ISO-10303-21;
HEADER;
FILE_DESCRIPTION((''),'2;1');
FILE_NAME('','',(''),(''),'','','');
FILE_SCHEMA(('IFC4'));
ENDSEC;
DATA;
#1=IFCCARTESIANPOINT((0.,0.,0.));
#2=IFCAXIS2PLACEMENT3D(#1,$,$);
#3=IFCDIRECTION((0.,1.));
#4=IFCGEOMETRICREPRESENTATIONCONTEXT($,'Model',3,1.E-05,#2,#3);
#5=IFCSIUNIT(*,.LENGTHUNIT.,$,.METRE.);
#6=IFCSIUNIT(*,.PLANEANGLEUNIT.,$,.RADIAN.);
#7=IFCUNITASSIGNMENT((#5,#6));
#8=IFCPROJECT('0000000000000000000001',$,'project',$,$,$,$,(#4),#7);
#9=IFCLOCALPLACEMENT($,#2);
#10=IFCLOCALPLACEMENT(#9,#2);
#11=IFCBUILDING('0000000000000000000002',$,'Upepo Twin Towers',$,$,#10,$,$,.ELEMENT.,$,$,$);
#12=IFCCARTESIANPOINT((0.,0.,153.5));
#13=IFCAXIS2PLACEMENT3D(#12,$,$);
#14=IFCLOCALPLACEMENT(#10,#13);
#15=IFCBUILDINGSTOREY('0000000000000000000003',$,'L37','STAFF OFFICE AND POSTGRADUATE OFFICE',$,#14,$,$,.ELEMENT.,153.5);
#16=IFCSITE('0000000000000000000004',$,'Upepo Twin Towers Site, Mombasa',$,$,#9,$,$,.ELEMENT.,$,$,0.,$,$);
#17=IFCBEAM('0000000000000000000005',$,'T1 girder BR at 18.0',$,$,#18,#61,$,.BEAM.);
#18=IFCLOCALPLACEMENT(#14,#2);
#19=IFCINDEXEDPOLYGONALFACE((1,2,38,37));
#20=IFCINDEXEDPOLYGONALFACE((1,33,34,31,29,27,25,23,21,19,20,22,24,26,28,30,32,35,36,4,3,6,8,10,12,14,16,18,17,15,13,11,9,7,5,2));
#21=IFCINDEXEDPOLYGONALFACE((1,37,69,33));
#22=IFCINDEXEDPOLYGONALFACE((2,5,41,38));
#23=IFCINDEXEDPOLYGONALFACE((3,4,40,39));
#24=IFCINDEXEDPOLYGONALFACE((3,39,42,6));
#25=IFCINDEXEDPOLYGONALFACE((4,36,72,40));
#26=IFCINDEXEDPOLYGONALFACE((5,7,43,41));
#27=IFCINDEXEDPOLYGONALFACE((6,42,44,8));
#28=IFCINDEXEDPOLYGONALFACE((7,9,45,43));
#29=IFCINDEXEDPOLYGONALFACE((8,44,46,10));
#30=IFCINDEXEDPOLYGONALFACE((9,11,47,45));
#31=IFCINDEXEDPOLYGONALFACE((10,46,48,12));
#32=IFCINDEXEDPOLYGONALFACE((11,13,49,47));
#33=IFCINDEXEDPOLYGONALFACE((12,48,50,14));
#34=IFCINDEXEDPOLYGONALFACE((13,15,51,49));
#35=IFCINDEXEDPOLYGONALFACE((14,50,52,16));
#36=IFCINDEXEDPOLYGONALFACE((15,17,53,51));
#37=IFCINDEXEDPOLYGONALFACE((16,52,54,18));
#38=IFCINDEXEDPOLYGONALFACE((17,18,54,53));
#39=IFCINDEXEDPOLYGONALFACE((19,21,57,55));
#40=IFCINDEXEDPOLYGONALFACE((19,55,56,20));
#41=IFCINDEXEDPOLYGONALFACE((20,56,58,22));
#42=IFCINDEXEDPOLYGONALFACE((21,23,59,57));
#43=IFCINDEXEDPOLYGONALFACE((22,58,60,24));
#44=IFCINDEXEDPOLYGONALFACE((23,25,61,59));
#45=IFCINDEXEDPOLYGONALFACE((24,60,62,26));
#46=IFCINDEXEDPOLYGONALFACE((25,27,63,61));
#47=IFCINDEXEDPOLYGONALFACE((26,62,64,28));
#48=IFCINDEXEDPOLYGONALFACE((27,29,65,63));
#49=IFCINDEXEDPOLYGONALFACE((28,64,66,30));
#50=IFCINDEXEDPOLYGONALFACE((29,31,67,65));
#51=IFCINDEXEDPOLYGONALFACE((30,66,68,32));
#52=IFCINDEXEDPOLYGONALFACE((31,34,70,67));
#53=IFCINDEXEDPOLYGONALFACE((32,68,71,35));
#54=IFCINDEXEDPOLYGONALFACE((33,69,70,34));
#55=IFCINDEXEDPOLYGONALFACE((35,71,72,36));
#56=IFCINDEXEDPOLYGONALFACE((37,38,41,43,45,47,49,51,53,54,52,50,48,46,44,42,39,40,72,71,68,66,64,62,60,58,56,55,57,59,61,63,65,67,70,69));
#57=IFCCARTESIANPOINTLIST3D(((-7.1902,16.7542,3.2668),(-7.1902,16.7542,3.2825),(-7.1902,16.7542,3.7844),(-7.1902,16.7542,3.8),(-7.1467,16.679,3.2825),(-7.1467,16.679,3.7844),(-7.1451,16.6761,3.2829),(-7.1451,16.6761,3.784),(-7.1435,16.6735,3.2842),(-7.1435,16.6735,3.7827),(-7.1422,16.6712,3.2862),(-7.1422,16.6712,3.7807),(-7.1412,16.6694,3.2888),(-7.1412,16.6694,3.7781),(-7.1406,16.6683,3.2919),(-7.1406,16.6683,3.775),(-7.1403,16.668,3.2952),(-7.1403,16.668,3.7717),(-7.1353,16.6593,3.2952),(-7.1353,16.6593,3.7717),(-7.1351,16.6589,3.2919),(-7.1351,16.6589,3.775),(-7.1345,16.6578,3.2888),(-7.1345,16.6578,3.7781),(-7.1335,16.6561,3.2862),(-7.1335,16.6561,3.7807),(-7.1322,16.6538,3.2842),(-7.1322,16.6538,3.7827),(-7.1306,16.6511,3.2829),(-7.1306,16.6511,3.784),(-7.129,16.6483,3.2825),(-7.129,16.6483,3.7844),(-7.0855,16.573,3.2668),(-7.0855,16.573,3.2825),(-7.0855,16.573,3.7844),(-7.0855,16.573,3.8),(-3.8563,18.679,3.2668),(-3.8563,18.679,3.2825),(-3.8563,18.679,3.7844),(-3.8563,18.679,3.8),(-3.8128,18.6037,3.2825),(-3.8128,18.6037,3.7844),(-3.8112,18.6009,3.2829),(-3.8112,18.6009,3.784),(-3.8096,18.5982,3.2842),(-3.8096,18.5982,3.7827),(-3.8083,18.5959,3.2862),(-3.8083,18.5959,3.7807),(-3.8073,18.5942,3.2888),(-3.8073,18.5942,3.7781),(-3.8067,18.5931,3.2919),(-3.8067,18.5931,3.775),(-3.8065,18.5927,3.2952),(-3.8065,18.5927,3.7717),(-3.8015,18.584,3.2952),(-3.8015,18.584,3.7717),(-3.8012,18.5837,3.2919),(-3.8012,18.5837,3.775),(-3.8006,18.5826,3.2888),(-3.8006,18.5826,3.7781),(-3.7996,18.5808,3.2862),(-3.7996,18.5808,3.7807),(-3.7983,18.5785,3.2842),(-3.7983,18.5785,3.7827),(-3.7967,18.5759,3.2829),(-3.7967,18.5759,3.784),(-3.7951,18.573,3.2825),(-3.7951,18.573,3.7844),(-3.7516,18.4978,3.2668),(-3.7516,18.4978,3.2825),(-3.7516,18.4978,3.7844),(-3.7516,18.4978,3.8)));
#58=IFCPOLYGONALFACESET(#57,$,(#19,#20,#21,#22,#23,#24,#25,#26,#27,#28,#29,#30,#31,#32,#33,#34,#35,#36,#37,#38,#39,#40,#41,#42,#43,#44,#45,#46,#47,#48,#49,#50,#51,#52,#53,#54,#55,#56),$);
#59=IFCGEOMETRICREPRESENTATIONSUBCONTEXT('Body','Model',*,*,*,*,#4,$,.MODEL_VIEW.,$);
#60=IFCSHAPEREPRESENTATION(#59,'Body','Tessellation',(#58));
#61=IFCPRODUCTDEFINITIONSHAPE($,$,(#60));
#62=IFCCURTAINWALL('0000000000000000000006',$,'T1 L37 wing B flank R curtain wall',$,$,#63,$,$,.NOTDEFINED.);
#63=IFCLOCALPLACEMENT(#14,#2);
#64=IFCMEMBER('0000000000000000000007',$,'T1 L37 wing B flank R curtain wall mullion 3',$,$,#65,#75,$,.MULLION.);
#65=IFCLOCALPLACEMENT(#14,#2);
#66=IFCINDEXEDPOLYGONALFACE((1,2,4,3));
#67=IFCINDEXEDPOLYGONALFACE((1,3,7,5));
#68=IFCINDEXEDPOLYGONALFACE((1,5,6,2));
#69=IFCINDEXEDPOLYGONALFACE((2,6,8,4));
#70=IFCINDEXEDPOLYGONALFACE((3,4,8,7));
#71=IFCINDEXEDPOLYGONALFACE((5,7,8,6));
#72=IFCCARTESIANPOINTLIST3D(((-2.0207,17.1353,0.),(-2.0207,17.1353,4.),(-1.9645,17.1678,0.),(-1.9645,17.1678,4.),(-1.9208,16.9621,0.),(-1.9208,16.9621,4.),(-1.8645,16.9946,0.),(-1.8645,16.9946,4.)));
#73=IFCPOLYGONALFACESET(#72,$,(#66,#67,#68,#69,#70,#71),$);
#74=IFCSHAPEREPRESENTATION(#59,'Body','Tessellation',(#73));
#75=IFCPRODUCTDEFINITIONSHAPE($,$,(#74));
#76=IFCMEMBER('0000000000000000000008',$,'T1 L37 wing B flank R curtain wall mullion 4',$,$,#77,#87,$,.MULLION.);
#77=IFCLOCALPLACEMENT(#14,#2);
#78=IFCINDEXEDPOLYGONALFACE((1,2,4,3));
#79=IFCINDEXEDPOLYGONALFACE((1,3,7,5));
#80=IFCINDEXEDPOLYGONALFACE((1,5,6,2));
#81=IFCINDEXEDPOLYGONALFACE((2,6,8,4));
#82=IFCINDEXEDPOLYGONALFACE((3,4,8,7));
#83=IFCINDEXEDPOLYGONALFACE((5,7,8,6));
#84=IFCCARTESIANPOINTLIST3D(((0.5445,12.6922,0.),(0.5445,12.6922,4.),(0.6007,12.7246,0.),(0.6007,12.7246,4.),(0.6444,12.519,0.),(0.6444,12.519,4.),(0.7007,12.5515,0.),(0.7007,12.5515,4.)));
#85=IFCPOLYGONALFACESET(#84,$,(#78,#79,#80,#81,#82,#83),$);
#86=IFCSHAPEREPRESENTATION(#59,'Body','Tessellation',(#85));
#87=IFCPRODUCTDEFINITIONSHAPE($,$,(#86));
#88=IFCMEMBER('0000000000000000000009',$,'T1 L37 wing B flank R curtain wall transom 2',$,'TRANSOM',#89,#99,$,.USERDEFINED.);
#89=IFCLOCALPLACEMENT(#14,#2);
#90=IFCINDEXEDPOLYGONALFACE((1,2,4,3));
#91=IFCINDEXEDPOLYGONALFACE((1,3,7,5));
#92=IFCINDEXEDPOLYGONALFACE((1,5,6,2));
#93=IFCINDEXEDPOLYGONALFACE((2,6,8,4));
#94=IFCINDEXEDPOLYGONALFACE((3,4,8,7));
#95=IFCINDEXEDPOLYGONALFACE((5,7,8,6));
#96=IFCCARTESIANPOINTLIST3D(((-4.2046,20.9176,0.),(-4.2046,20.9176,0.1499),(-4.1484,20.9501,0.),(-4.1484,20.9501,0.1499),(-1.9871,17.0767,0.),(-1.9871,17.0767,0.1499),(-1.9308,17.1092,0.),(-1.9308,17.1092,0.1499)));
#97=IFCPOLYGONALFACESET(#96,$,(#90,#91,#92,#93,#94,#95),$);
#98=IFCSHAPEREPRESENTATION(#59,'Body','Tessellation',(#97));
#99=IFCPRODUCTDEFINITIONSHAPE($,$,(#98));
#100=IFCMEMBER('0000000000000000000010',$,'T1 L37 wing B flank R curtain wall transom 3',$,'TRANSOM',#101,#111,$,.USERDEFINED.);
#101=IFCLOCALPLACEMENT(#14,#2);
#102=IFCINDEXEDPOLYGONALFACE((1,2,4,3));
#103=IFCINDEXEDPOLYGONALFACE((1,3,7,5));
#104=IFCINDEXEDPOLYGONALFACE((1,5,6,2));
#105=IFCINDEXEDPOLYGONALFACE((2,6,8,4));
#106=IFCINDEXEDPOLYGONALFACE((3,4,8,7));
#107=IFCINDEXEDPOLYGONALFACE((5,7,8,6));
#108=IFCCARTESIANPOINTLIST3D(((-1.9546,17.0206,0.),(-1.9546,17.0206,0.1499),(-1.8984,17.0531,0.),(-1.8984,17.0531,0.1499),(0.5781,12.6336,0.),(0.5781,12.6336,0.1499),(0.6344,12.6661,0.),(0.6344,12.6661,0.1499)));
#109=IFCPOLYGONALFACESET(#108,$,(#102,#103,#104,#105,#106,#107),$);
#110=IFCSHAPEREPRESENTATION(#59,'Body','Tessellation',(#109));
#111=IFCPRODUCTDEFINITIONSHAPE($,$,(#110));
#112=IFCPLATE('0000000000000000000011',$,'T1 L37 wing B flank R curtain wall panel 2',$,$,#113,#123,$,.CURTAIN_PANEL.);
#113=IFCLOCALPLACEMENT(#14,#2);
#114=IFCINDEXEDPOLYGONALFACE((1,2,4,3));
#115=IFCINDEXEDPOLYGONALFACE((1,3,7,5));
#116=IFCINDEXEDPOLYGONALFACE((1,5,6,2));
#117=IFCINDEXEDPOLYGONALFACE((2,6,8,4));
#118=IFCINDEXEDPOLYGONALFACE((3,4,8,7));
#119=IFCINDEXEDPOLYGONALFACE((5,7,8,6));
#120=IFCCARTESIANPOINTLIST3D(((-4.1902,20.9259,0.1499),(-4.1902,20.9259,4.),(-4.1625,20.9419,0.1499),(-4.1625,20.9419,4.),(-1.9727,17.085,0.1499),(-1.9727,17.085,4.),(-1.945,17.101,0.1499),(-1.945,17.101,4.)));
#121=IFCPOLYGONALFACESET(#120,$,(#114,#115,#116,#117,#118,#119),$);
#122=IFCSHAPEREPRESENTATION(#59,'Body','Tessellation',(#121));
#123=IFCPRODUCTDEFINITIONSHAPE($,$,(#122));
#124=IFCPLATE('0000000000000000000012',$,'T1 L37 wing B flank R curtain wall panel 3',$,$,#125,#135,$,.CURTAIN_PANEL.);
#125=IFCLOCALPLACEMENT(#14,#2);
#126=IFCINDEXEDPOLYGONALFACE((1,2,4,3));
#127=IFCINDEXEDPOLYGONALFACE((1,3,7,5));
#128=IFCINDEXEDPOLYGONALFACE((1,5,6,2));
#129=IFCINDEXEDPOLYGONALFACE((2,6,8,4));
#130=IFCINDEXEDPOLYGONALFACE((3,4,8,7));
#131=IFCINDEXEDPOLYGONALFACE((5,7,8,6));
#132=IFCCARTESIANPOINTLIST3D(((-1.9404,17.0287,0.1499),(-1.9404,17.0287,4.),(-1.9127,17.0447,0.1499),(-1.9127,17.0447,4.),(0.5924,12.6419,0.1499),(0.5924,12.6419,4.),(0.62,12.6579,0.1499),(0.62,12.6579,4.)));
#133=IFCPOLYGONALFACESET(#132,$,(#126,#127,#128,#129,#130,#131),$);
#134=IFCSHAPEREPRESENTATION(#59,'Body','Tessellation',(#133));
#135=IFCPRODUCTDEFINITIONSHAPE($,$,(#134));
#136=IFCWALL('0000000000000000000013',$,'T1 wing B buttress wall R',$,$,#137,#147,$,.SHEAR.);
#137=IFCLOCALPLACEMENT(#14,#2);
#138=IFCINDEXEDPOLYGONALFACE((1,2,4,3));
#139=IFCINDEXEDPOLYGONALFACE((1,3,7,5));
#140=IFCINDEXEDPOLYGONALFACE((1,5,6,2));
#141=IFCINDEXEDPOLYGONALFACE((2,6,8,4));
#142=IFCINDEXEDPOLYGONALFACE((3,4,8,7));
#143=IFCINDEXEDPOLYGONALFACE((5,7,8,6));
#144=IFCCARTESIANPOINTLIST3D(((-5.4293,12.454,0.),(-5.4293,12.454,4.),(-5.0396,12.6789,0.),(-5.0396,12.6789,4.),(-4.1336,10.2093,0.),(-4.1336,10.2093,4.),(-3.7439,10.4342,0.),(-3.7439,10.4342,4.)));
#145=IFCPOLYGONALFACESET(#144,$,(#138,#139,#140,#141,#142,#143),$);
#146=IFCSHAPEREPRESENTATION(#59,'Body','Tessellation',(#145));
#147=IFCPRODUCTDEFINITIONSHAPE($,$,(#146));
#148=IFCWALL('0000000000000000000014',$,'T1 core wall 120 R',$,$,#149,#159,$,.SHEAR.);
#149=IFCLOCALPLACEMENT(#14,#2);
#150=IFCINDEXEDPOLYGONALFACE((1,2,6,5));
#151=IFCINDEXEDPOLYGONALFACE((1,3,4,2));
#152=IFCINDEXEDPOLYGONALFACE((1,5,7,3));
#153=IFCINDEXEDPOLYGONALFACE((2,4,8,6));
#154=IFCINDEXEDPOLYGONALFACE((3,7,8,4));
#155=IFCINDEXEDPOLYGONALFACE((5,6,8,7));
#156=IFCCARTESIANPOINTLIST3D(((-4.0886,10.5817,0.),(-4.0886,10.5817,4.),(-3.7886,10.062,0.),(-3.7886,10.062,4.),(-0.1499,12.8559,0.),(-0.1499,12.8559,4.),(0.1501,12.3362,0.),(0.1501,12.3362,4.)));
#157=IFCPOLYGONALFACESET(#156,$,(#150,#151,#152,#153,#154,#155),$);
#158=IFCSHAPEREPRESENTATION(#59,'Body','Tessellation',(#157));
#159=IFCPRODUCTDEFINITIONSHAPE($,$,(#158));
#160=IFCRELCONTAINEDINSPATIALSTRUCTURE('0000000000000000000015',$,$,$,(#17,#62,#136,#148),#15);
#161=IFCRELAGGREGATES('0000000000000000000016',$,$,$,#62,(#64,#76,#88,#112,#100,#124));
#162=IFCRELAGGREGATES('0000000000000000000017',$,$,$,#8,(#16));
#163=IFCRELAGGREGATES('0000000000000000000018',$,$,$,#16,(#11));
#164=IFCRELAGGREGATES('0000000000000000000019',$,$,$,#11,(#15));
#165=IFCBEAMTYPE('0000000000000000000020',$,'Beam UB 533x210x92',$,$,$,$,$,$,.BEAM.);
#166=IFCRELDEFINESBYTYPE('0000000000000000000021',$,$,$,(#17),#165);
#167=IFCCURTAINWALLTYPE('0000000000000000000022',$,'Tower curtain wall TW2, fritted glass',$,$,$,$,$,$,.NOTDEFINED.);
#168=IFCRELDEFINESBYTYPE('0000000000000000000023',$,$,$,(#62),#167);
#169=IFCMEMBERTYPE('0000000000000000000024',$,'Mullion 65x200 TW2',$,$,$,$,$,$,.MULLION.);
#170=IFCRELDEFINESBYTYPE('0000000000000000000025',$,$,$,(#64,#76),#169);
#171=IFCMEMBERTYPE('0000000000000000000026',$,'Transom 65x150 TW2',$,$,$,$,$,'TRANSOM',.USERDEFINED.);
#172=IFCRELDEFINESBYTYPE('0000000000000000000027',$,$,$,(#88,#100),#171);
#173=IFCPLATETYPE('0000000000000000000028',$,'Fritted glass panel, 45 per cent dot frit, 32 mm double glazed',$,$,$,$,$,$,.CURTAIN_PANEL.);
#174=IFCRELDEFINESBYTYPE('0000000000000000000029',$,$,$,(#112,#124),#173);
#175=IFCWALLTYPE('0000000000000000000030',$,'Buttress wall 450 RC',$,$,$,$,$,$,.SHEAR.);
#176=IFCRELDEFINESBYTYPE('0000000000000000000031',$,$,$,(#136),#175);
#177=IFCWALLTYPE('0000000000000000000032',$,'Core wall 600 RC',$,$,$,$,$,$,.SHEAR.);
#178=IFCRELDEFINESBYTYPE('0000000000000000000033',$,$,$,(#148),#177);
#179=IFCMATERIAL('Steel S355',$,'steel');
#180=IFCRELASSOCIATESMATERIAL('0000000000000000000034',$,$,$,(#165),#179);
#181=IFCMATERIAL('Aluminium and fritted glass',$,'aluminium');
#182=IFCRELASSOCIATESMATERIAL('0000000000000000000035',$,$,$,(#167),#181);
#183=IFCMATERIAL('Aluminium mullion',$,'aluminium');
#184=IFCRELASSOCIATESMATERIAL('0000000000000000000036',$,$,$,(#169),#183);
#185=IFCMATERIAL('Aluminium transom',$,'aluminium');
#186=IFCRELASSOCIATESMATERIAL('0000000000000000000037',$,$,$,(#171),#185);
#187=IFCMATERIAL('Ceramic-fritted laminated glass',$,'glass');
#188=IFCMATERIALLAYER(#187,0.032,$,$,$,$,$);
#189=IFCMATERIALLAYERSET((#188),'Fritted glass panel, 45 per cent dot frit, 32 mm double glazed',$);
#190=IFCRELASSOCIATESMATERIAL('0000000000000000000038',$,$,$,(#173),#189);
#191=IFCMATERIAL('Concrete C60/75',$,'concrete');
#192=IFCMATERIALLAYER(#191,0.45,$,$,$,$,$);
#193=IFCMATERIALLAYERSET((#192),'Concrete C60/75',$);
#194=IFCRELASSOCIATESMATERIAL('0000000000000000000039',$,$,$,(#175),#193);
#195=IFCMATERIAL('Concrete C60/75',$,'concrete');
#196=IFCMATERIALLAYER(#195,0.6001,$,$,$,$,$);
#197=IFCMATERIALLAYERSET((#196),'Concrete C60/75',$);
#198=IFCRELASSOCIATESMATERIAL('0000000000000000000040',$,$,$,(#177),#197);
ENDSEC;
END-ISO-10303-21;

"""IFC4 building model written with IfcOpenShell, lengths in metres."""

from ifc_helpers import new_model, si_unit, direction, frame, frame_2d, origin, origin_2d, place, context, subcontext, project, spatial, rectangle, i_section, extrude, material, layer, layer_set, material_profile, profile_set, type_object, element, aggregate, save


model = new_model("IFC4")

# Units and contexts
model_context = context("Model", 3, precision=1e-05, world=origin(), true_north=direction((0.0, 1.0)))
body_context = subcontext(model_context, "Body", "Model", "MODEL_VIEW")
ifc_project = project(units=[si_unit("LENGTHUNIT", "METRE"), si_unit("PLANEANGLEUNIT", "RADIAN")], contexts=[model_context])

# Site, building, storey
site_placement = place(None, origin())
site = spatial("IfcSite", under=ifc_project, at=site_placement, Name="Upepo Twin Towers Site, Mombasa", CompositionType="ELEMENT", RefElevation=0.0)
building_placement = place(site_placement, origin())
building = spatial("IfcBuilding", under=site, at=building_placement, Name="Upepo Twin Towers", CompositionType="ELEMENT")
storey_placement = place(building_placement, frame((0.0, 0.0, 153.5)))
storey = spatial("IfcBuildingStorey", under=building, at=storey_placement, Name="L37", Description="STAFF OFFICE AND POSTGRADUATE OFFICE", CompositionType="ELEMENT", Elevation=153.5)

# Beam
ifc_material_1 = material(Name="Steel S355", Category="steel")
ifc_material_profile_1 = material_profile(ifc_material_1, i_section(OverallWidth=0.2092, OverallDepth=0.5332, WebThickness=0.01, FlangeThickness=0.0156, FilletRadius=0.0127, at=origin_2d()), Name="UB 533x210x92")
ifc_profile_set_1 = profile_set([ifc_material_profile_1], Name="Steel S355")
beam_type_1 = type_object("IfcBeamType", Name="Beam UB 533x210x92", PredefinedType="BEAM", material=ifc_profile_set_1)
beam_1_placement = place(storey_placement, frame((-3.804, 18.5884, 3.5334), z_axis=(-0.866034, -0.499986, 0.0), x_axis=(0.499986, -0.866034, 0.0)))
element("IfcBeam", 1, at=beam_1_placement, inside=storey, type_object=beam_type_1, Name="T1 girder BR at 18.0", PredefinedType="BEAM", context=body_context, shape_type="SweptSolid", body=[
    extrude(i_section(OverallWidth=0.2092, OverallDepth=0.5332, WebThickness=0.01, FlangeThickness=0.0156, FilletRadius=0.0127, at=origin_2d()), origin(), (0.0, 0.0, 1.0), 3.8496),
])

# Curtain wall, members, plates
ifc_material_2 = material(Name="Aluminium and fritted glass", Category="aluminium")
curtain_wall_type = type_object("IfcCurtainWallType", Name="Tower curtain wall TW2, fritted glass", PredefinedType="NOTDEFINED", material=ifc_material_2)
curtain_wall_placement = place(storey_placement, origin())
curtain_wall = element("IfcCurtainWall", 2, at=curtain_wall_placement, inside=storey, type_object=curtain_wall_type, Name="T1 L37 wing B flank R curtain wall", PredefinedType="NOTDEFINED")
ifc_material_3 = material(Name="Aluminium mullion", Category="aluminium")
ifc_material_profile_2 = material_profile(ifc_material_3, rectangle(XDim=0.0649, YDim=0.2, at=origin_2d()), Name="MULLION 65x200")
ifc_profile_set_2 = profile_set([ifc_material_profile_2], Name="Aluminium mullion")
member_type_1 = type_object("IfcMemberType", Name="Mullion 65x200 TW2", PredefinedType="MULLION", material=ifc_profile_set_2)
member_1_placement = place(storey_placement, frame((-1.9426, 17.0649, 0.0), z_axis=(0.0, 0.0, 1.0), x_axis=(0.866025, 0.5, 0.0)))
member_1 = element("IfcMember", 3, at=member_1_placement, type_object=member_type_1, Name="T1 L37 wing B flank R curtain wall mullion 3", PredefinedType="MULLION", context=body_context, shape_type="SweptSolid", body=[
    extrude(rectangle(XDim=0.0649, YDim=0.2, at=origin_2d()), origin(), (0.0, 0.0, 1.0), 4.0),
])
member_2_placement = place(storey_placement, frame((0.6226, 12.6218, 0.0), z_axis=(0.0, 0.0, 1.0), x_axis=(0.866025, 0.5, 0.0)))
member_2 = element("IfcMember", 4, at=member_2_placement, type_object=member_type_1, Name="T1 L37 wing B flank R curtain wall mullion 4", PredefinedType="MULLION", context=body_context, shape_type="SweptSolid", body=[
    extrude(rectangle(XDim=0.0649, YDim=0.2, at=origin_2d()), origin(), (0.0, 0.0, 1.0), 4.0),
])
ifc_material_4 = material(Name="Aluminium transom", Category="aluminium")
ifc_material_profile_3 = material_profile(ifc_material_4, rectangle(XDim=0.0649, YDim=0.1499, at=origin_2d()), Name="TRANSOM 65x150")
ifc_profile_set_3 = profile_set([ifc_material_profile_3], Name="Aluminium transom")
member_type_2 = type_object("IfcMemberType", Name="Transom 65x150 TW2", ElementType="TRANSOM", PredefinedType="USERDEFINED", material=ifc_profile_set_3)
member_3_placement = place(storey_placement, frame((-4.1765, 20.9338, 0.075), z_axis=(0.500005, -0.866022, 0.0), x_axis=(0.866022, 0.500005, 0.0)))
member_3 = element("IfcMember", 5, at=member_3_placement, type_object=member_type_2, Name="T1 L37 wing B flank R curtain wall transom 2", ObjectType="TRANSOM", PredefinedType="USERDEFINED", context=body_context, shape_type="SweptSolid", body=[
    extrude(rectangle(XDim=0.0649, YDim=0.1499, at=origin_2d()), origin(), (0.0, 0.0, 1.0), 4.4351),
])
member_4_placement = place(storey_placement, frame((-1.9265, 17.0369, 0.075), z_axis=(0.499985, -0.866034, 0.0), x_axis=(0.866034, 0.499985, 0.0)))
member_4 = element("IfcMember", 6, at=member_4_placement, type_object=member_type_2, Name="T1 L37 wing B flank R curtain wall transom 3", ObjectType="TRANSOM", PredefinedType="USERDEFINED", context=body_context, shape_type="SweptSolid", body=[
    extrude(rectangle(XDim=0.0649, YDim=0.1499, at=origin_2d()), origin(), (0.0, 0.0, 1.0), 5.0657),
])
ifc_material_5 = material(Name="Ceramic-fritted laminated glass", Category="glass")
ifc_layer_1 = layer(ifc_material_5, 0.032)
ifc_layer_set_1 = layer_set([ifc_layer_1], Name="Fritted glass panel, 45 per cent dot frit, 32 mm double glazed")
plate_type = type_object("IfcPlateType", Name="Fritted glass panel, 45 per cent dot frit, 32 mm double glazed", PredefinedType="CURTAIN_PANEL", material=ifc_layer_set_1)
plate_1_placement = place(storey_placement, frame((-3.0676, 19.0134, 0.1499), z_axis=(0.0, 0.0, 1.0), x_axis=(0.5, -0.866025, 0.0)))
plate_1 = element("IfcPlate", 7, at=plate_1_placement, type_object=plate_type, Name="T1 L37 wing B flank R curtain wall panel 2", PredefinedType="CURTAIN_PANEL", context=body_context, shape_type="SweptSolid", body=[
    extrude(rectangle(XDim=4.4351, YDim=0.032, at=origin_2d()), origin(), (0.0, 0.0, 1.0), 3.8501),
])
plate_2_placement = place(storey_placement, frame((-0.6602, 14.8433, 0.1499), z_axis=(0.0, 0.0, 1.0), x_axis=(0.5, -0.866025, 0.0)))
plate_2 = element("IfcPlate", 8, at=plate_2_placement, type_object=plate_type, Name="T1 L37 wing B flank R curtain wall panel 3", PredefinedType="CURTAIN_PANEL", context=body_context, shape_type="SweptSolid", body=[
    extrude(rectangle(XDim=5.0654, YDim=0.032, at=origin_2d()), origin(), (0.0, 0.0, 1.0), 3.8501),
])
aggregate(curtain_wall, [member_1, member_2, member_3, plate_1, member_4, plate_2])

# Walls
ifc_material_6 = material(Name="Concrete C60/75", Category="concrete")
ifc_layer_2 = layer(ifc_material_6, 0.45)
ifc_layer_set_2 = layer_set([ifc_layer_2], Name="Concrete C60/75")
wall_type_1 = type_object("IfcWallType", Name="Buttress wall 450 RC", PredefinedType="SHEAR", material=ifc_layer_set_2)
wall_1_placement = place(storey_placement, frame((-3.9387, 10.3218, 0.0), z_axis=(0.0, 0.0, 1.0), x_axis=(-0.499918, 0.866073, 0.0)))
element("IfcWall", 9, at=wall_1_placement, inside=storey, type_object=wall_type_1, Name="T1 wing B buttress wall R", PredefinedType="SHEAR", context=body_context, shape_type="SweptSolid", body=[
    extrude(rectangle(XDim=2.5918, YDim=0.45, at=frame_2d((1.2959, 0.0))), origin(), (0.0, 0.0, 1.0), 4.0),
])
ifc_material_7 = material(Name="Concrete C60/75", Category="concrete")
ifc_layer_3 = layer(ifc_material_7, 0.6001)
ifc_layer_set_3 = layer_set([ifc_layer_3], Name="Concrete C60/75")
wall_type_2 = type_object("IfcWallType", Name="Core wall 600 RC", PredefinedType="SHEAR", material=ifc_layer_set_3)
wall_2_placement = place(storey_placement, frame((0.0, 12.5959, 0.0), z_axis=(0.0, 0.0, 1.0), x_axis=(-0.866011, -0.500024, 0.0)))
element("IfcWall", 10, at=wall_2_placement, inside=storey, type_object=wall_type_2, Name="T1 core wall 120 R", PredefinedType="SHEAR", context=body_context, shape_type="SweptSolid", body=[
    extrude(rectangle(XDim=4.5481, YDim=0.6001, at=frame_2d((2.2739, 0.0))), origin(), (0.0, 0.0, 1.0), 4.0),
])

save(model, "model.ifc")
